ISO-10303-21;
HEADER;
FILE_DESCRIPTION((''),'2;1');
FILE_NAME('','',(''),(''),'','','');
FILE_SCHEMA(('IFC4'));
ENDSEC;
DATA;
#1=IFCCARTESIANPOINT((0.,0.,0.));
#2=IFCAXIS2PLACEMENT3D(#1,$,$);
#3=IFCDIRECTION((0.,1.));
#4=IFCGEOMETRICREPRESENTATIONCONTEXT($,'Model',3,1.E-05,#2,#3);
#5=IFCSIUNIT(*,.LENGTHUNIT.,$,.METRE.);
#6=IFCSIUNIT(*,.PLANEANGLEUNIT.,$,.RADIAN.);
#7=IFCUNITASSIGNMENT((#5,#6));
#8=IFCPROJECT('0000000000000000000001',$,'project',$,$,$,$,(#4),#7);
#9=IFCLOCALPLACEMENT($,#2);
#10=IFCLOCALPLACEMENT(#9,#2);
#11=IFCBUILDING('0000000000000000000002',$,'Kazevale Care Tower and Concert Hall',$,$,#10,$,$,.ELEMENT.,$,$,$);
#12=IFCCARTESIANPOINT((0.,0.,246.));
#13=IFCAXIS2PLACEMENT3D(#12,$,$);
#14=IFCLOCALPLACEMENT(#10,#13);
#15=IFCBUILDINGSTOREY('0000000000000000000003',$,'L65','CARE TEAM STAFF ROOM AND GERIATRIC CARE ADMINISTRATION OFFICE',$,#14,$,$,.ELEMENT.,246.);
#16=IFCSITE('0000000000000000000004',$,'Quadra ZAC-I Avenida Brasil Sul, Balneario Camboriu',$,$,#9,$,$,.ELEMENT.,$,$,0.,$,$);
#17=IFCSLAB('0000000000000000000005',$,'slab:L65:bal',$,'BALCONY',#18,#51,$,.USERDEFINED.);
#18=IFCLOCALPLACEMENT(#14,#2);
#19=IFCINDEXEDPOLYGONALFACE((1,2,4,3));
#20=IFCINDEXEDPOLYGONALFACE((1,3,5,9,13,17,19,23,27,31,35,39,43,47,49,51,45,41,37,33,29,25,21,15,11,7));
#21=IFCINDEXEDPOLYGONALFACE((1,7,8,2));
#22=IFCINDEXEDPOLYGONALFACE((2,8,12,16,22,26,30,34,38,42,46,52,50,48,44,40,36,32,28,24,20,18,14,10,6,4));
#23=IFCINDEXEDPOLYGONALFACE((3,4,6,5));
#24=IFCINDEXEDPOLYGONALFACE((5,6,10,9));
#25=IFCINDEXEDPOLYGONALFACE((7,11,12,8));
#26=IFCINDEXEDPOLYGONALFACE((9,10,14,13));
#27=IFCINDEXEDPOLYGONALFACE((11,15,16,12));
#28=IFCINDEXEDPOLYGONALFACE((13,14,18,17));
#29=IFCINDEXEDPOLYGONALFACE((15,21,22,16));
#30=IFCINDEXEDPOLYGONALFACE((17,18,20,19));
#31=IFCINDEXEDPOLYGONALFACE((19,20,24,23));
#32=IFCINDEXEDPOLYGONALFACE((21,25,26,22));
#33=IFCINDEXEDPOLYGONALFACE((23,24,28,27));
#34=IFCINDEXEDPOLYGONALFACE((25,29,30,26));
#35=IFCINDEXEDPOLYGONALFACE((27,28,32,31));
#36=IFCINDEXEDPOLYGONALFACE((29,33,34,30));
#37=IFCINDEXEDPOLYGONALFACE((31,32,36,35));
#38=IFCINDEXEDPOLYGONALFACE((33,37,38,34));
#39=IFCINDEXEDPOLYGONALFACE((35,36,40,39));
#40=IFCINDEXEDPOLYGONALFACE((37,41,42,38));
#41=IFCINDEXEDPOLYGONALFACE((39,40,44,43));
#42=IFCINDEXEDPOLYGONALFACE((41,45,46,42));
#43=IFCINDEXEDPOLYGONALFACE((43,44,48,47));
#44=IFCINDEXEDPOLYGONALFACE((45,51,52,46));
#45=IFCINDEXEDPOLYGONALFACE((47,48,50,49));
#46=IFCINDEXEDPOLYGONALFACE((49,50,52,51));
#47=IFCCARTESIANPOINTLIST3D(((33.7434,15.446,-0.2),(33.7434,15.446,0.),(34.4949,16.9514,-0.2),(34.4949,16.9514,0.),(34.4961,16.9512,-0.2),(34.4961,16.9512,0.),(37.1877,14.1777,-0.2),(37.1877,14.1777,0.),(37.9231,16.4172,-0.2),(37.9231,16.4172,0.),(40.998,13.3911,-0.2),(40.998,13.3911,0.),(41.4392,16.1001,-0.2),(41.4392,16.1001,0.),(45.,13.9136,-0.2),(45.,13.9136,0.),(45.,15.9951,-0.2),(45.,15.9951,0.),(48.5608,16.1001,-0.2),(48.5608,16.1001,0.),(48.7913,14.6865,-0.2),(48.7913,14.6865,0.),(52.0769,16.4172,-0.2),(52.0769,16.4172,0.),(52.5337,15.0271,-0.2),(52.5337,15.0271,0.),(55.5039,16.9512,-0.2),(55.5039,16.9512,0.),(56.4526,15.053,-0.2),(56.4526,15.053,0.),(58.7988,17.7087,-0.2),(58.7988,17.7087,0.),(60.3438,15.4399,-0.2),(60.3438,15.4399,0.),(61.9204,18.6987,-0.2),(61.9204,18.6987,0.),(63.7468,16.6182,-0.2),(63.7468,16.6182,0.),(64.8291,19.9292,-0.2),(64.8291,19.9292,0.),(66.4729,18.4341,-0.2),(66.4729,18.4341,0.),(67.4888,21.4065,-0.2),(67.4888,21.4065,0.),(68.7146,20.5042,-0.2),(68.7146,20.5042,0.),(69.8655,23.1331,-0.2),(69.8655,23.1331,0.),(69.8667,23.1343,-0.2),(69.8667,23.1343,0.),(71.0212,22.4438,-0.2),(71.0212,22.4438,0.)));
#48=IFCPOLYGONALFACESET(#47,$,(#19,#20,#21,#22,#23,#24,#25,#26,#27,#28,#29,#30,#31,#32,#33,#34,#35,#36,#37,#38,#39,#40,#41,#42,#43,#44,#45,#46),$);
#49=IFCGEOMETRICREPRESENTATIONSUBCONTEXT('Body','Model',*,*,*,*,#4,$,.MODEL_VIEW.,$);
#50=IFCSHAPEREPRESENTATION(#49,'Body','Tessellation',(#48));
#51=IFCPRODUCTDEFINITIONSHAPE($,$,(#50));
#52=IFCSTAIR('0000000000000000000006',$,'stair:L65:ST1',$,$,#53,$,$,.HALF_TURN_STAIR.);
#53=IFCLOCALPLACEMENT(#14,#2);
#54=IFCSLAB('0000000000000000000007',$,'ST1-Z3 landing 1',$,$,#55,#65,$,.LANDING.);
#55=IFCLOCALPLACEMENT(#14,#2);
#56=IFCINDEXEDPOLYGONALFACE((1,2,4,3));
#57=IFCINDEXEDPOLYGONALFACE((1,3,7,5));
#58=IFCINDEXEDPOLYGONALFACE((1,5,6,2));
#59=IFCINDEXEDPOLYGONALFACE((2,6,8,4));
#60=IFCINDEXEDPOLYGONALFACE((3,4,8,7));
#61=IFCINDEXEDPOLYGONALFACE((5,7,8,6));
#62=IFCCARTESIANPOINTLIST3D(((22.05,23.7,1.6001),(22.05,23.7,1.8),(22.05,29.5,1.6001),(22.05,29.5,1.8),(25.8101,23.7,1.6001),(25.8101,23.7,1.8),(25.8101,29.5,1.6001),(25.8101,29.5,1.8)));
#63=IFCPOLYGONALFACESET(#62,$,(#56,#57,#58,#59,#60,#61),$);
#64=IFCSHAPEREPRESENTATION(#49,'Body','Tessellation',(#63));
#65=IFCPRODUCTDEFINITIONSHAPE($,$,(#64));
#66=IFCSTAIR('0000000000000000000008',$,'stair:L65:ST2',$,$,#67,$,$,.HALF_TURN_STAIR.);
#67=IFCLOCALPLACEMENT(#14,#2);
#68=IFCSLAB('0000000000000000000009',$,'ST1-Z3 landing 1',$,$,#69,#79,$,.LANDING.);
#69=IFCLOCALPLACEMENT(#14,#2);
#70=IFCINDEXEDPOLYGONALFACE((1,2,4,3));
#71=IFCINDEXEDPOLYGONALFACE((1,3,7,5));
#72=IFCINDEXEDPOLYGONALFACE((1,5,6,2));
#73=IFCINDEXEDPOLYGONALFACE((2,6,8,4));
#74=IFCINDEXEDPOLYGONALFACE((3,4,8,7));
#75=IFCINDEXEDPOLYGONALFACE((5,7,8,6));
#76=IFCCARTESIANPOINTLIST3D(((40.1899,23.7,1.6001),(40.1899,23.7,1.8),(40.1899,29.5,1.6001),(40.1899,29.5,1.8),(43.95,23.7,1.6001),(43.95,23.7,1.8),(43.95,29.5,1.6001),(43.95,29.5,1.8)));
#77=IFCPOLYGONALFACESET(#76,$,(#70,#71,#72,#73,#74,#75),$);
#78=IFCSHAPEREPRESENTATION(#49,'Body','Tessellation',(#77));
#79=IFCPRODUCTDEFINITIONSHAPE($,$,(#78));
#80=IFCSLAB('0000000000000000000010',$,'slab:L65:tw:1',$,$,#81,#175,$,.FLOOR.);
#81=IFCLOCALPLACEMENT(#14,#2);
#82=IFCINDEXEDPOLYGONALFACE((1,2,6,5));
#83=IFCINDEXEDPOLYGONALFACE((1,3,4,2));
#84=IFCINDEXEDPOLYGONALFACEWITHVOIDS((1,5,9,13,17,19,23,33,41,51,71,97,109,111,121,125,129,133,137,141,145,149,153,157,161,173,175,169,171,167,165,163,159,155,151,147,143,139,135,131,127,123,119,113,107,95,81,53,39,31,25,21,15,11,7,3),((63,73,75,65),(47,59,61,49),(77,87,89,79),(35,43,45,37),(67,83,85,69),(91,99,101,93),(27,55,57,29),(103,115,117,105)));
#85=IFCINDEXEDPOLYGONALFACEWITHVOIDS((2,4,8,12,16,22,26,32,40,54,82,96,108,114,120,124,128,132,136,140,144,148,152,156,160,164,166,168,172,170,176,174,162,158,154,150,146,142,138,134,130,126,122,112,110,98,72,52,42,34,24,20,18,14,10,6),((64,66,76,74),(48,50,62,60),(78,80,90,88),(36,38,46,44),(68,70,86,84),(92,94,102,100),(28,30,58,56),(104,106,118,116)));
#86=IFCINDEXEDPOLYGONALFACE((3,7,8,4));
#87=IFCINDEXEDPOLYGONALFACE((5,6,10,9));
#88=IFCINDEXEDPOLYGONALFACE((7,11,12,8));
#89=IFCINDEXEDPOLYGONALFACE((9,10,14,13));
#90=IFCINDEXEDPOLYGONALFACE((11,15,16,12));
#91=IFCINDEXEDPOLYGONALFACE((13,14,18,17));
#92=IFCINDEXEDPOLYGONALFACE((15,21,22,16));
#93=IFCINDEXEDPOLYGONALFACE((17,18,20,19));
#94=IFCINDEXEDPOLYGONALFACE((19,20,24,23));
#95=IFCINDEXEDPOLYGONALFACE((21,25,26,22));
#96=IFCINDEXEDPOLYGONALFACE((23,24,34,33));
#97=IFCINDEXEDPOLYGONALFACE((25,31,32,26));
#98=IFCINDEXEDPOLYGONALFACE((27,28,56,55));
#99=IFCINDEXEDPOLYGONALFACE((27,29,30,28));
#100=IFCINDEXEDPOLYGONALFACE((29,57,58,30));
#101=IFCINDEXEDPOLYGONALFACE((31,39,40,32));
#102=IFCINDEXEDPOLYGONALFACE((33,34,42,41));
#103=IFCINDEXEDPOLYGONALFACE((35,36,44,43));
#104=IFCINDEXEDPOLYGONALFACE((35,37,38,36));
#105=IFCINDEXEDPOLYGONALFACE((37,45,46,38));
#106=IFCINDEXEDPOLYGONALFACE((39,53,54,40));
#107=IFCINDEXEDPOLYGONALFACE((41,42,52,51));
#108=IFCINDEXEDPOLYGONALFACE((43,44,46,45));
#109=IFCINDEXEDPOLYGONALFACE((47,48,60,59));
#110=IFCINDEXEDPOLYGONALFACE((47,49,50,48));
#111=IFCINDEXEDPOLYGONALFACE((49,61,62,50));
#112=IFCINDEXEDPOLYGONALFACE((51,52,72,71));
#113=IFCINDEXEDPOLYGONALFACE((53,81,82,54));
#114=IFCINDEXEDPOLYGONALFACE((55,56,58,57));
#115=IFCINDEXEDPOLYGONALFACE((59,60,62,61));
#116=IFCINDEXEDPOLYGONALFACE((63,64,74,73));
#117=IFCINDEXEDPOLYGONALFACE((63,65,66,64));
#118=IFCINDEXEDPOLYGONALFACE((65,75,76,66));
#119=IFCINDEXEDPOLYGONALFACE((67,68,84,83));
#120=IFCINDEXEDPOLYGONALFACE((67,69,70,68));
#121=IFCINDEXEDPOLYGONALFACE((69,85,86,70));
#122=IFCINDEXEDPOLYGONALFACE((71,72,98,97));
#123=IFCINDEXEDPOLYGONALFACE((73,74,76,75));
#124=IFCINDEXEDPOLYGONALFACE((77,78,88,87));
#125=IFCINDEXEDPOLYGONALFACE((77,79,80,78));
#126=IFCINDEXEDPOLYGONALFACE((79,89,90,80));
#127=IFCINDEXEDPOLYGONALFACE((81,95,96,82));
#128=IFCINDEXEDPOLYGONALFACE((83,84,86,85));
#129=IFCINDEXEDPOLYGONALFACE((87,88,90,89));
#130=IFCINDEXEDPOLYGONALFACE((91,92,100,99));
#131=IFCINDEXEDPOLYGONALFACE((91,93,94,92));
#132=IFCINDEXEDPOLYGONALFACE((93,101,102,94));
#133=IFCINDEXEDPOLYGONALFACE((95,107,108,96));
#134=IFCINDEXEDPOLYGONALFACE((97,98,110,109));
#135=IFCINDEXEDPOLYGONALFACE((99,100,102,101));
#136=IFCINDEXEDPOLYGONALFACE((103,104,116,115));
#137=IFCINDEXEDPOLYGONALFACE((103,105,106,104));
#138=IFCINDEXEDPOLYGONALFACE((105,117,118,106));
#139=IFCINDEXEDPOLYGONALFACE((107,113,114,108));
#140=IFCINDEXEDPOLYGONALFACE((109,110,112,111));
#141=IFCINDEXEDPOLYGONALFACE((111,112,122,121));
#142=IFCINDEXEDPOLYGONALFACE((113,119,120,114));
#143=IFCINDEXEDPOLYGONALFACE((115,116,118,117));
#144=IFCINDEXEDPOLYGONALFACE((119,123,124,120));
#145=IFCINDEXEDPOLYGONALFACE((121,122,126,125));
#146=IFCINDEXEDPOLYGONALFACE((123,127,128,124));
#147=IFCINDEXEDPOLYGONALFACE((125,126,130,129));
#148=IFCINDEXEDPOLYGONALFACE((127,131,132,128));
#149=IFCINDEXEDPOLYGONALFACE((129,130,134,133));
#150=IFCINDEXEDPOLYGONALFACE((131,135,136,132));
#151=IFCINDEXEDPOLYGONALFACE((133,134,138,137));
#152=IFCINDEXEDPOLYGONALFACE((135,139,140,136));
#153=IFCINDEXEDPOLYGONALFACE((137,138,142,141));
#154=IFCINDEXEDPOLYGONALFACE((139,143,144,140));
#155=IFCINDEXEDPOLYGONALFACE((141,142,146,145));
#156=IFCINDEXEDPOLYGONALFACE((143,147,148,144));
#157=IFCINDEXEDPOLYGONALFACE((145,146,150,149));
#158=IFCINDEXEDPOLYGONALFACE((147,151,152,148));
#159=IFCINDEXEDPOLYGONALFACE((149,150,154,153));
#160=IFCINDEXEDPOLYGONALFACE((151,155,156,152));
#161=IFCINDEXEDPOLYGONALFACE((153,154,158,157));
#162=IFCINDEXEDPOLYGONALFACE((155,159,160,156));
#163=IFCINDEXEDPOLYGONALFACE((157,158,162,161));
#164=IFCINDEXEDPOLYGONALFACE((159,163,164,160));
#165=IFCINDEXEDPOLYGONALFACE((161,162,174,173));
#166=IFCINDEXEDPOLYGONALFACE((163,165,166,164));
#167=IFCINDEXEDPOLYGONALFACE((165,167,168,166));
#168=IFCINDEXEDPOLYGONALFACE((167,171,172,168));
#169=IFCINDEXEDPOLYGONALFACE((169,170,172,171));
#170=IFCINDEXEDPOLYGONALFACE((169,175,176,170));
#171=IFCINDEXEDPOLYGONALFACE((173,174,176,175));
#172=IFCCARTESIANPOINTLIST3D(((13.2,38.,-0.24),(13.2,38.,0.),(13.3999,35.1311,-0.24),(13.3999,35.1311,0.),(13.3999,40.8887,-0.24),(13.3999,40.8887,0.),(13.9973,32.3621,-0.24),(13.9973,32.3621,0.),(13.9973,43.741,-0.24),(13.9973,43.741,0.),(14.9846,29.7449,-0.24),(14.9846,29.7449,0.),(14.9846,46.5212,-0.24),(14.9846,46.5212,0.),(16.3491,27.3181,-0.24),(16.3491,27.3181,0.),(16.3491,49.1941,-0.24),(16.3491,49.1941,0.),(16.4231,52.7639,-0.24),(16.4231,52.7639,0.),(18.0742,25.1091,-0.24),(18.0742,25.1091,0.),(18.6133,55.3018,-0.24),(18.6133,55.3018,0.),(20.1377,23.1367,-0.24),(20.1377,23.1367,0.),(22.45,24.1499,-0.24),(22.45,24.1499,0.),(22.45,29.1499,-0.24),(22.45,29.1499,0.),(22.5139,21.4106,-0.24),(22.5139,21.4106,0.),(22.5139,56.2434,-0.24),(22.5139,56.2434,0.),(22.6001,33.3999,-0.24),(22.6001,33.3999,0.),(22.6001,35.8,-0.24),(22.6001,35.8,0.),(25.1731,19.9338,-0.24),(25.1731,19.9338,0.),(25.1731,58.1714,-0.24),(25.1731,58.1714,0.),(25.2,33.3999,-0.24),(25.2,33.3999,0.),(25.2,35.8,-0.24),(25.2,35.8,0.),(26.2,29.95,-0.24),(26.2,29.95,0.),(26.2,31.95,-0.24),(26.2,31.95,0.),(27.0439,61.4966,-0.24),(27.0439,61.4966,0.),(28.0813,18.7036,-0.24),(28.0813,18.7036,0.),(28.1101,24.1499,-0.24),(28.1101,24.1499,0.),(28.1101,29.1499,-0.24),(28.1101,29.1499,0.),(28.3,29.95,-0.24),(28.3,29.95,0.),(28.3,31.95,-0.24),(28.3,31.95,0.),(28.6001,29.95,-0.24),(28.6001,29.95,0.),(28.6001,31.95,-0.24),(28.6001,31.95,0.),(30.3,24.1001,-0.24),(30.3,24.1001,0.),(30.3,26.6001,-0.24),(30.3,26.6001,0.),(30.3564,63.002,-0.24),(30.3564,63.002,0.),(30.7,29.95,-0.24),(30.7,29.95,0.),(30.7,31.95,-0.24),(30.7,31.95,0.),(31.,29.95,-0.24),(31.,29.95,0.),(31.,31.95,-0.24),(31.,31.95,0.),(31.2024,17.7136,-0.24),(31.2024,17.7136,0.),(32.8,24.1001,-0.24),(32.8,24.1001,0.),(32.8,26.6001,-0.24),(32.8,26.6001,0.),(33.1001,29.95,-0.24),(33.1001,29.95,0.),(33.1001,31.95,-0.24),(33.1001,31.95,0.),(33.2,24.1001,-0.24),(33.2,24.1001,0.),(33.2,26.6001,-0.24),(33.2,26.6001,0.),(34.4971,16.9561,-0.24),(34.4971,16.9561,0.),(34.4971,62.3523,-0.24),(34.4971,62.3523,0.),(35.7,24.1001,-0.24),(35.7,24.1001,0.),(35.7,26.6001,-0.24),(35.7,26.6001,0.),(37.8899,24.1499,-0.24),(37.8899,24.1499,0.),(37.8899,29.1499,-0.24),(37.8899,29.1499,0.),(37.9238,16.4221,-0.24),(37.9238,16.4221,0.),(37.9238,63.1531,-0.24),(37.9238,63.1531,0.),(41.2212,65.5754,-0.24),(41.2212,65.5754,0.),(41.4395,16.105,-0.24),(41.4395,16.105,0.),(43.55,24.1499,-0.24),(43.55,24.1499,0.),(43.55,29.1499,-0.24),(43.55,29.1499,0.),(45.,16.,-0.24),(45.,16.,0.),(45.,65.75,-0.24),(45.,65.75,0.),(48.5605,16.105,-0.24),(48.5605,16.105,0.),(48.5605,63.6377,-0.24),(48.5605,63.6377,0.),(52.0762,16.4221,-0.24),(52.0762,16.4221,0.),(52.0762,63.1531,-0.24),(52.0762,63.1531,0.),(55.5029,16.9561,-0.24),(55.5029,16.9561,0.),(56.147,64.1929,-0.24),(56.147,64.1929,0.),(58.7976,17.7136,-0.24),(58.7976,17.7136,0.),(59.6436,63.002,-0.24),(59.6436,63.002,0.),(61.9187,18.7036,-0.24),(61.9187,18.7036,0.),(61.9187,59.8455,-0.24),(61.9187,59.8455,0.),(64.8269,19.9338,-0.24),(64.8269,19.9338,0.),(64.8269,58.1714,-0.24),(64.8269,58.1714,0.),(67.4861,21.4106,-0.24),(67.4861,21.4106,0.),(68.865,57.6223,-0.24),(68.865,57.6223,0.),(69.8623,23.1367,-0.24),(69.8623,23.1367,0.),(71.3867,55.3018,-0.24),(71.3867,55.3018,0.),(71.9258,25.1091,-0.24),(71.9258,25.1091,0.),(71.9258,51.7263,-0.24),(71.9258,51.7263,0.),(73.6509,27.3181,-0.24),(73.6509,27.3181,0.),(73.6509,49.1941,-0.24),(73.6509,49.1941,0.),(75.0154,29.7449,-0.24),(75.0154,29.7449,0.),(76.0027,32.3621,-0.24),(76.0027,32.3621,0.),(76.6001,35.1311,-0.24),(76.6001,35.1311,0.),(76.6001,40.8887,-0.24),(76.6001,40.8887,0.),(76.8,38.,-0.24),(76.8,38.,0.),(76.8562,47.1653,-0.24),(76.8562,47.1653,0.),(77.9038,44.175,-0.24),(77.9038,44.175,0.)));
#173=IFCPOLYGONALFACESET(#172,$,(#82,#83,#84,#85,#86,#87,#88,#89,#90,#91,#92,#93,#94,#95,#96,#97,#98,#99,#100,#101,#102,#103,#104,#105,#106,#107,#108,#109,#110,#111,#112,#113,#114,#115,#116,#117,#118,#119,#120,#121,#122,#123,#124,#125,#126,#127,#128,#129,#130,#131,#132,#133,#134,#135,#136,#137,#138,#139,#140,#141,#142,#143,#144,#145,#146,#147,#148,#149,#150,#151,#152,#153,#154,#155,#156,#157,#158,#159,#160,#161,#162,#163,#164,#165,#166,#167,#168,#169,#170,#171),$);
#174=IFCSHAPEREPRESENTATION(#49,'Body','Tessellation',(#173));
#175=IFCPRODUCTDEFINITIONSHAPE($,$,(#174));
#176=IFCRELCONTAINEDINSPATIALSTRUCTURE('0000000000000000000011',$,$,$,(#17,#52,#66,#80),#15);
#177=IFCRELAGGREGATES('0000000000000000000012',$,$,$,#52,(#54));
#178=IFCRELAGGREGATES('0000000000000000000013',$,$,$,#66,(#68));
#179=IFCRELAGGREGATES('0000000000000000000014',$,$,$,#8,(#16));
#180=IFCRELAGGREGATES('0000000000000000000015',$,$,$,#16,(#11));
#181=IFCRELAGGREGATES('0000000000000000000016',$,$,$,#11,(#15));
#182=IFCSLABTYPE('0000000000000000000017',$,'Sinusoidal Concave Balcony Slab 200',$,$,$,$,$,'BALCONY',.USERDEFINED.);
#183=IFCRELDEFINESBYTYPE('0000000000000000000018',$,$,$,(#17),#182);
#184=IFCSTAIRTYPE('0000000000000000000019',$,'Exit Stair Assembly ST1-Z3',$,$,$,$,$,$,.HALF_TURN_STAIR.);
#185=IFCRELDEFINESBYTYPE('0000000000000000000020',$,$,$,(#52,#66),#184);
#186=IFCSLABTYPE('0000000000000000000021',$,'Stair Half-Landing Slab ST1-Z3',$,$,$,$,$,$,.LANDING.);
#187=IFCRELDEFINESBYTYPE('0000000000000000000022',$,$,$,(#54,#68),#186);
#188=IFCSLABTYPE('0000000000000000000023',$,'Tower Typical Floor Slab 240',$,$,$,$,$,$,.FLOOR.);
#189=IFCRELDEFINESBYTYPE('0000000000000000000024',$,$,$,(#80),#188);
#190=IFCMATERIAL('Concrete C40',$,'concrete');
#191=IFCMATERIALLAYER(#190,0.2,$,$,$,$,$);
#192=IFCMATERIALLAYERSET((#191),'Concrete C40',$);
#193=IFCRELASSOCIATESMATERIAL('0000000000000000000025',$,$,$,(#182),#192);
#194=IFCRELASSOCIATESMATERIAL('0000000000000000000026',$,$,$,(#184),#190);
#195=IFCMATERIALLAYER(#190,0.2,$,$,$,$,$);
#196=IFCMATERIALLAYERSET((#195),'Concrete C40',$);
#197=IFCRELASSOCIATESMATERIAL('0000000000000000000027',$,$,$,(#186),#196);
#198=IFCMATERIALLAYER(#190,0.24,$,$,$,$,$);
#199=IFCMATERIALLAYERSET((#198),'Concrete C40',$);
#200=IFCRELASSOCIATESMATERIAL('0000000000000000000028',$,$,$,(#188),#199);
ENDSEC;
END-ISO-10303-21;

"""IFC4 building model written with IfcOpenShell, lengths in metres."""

from ifc_helpers import new_model, si_unit, direction, frame, origin, place, context, subcontext, project, spatial, polyline, outline, extrude, material, layer, layer_set, type_object, element, aggregate, save


model = new_model("IFC4")

# Units and contexts
model_context = context("Model", 3, precision=1e-05, world=origin(), true_north=direction((0.0, 1.0)))
body_context = subcontext(model_context, "Body", "Model", "MODEL_VIEW")
ifc_project = project(units=[si_unit("LENGTHUNIT", "METRE"), si_unit("PLANEANGLEUNIT", "RADIAN")], contexts=[model_context])

# Site, building, storey
site_placement = place(None, origin())
site = spatial("IfcSite", under=ifc_project, at=site_placement, Name="Quadra ZAC-I Avenida Brasil Sul, Balneario Camboriu", CompositionType="ELEMENT", RefElevation=0.0)
building_placement = place(site_placement, origin())
building = spatial("IfcBuilding", under=site, at=building_placement, Name="Kazevale Care Tower and Concert Hall", CompositionType="ELEMENT")
storey_placement = place(building_placement, frame((0.0, 0.0, 246.0)))
storey = spatial("IfcBuildingStorey", under=building, at=storey_placement, Name="L65", Description="CARE TEAM STAFF ROOM AND GERIATRIC CARE ADMINISTRATION OFFICE", CompositionType="ELEMENT", Elevation=246.0)

# Slab
ifc_material_1 = material(Name="Concrete C40", Category="concrete")
ifc_layer_1 = layer(ifc_material_1, 0.2)
ifc_layer_set_1 = layer_set([ifc_layer_1], Name="Concrete C40")
slab_type_1 = type_object("IfcSlabType", Name="Sinusoidal Concave Balcony Slab 200", ElementType="BALCONY", PredefinedType="USERDEFINED", material=ifc_layer_set_1)
slab_1_placement = place(storey_placement, frame((0.0, 0.0, -0.2)))
element("IfcSlab", 1, at=slab_1_placement, inside=storey, type_object=slab_type_1, Name="slab:L65:bal", ObjectType="BALCONY", PredefinedType="USERDEFINED", context=body_context, shape_type="SweptSolid", body=[
    extrude(outline(polyline([(71.0212, 22.4438), (68.7146, 20.5042), (66.4729, 18.4341), (63.7468, 16.6182), (60.3438, 15.4399), (56.4526, 15.053), (52.5337, 15.0271), (48.7913, 14.6865), (45.0, 13.9136), (40.998, 13.3911), (37.1877, 14.1777), (33.7434, 15.446), (34.4949, 16.9514), (34.4961, 16.9512), (37.9231, 16.4172), (41.4392, 16.1001), (45.0, 15.9951), (48.5608, 16.1001), (52.0769, 16.4172), (55.5039, 16.9512), (58.7988, 17.7087), (61.9204, 18.6987), (64.8291, 19.9292), (67.4888, 21.4065), (69.8655, 23.1331), (69.8667, 23.1343), (71.0212, 22.4438)])), origin(), (0.0, 0.0, 1.0), 0.2),
])

# Stairs, slabs
stair_type = type_object("IfcStairType", Name="Exit Stair Assembly ST1-Z3", PredefinedType="HALF_TURN_STAIR", material=ifc_material_1)
stair_1_placement = place(storey_placement, origin())
stair_1 = element("IfcStair", 2, at=stair_1_placement, inside=storey, type_object=stair_type, Name="stair:L65:ST1", PredefinedType="HALF_TURN_STAIR")
ifc_layer_2 = layer(ifc_material_1, 0.2)
ifc_layer_set_2 = layer_set([ifc_layer_2], Name="Concrete C40")
slab_type_2 = type_object("IfcSlabType", Name="Stair Half-Landing Slab ST1-Z3", PredefinedType="LANDING", material=ifc_layer_set_2)
slab_2_placement = place(storey_placement, frame((0.0, 0.0, 1.6001)))
slab_2 = element("IfcSlab", 3, at=slab_2_placement, type_object=slab_type_2, Name="ST1-Z3 landing 1", PredefinedType="LANDING", context=body_context, shape_type="SweptSolid", body=[
    extrude(outline(polyline([(22.05, 23.7), (25.8101, 23.7), (25.8101, 29.5), (22.05, 29.5), (22.05, 23.7)])), origin(), (0.0, 0.0, 1.0), 0.2),
])
aggregate(stair_1, [slab_2])
stair_2_placement = place(storey_placement, origin())
stair_2 = element("IfcStair", 4, at=stair_2_placement, inside=storey, type_object=stair_type, Name="stair:L65:ST2", PredefinedType="HALF_TURN_STAIR")
slab_3_placement = place(storey_placement, frame((0.0, 0.0, 1.6001)))
slab_3 = element("IfcSlab", 5, at=slab_3_placement, type_object=slab_type_2, Name="ST1-Z3 landing 1", PredefinedType="LANDING", context=body_context, shape_type="SweptSolid", body=[
    extrude(outline(polyline([(40.1899, 23.7), (43.95, 23.7), (43.95, 29.5), (40.1899, 29.5), (40.1899, 23.7)])), origin(), (0.0, 0.0, 1.0), 0.2),
])
aggregate(stair_2, [slab_3])

# Slab
ifc_layer_3 = layer(ifc_material_1, 0.24)
ifc_layer_set_3 = layer_set([ifc_layer_3], Name="Concrete C40")
slab_type_3 = type_object("IfcSlabType", Name="Tower Typical Floor Slab 240", PredefinedType="FLOOR", material=ifc_layer_set_3)
slab_4_placement = place(storey_placement, frame((0.0, 0.0, -0.24)))
element("IfcSlab", 6, at=slab_4_placement, inside=storey, type_object=slab_type_3, Name="slab:L65:tw:1", PredefinedType="FLOOR", context=body_context, shape_type="SweptSolid", body=[
    extrude(outline(polyline([(76.8, 38.0), (76.6001, 40.8887), (77.9038, 44.175), (76.8562, 47.1653), (73.6509, 49.1941), (71.9258, 51.7263), (71.3867, 55.3018), (68.865, 57.6223), (64.8269, 58.1714), (61.9187, 59.8455), (59.6436, 63.002), (56.147, 64.1929), (52.0762, 63.1531), (48.5605, 63.6377), (45.0, 65.75), (41.2212, 65.5754), (37.9238, 63.1531), (34.4971, 62.3523), (30.3564, 63.002), (27.0439, 61.4966), (25.1731, 58.1714), (22.5139, 56.2434), (18.6133, 55.3018), (16.4231, 52.7639), (16.3491, 49.1941), (14.9846, 46.5212), (13.9973, 43.741), (13.3999, 40.8887), (13.2, 38.0), (13.3999, 35.1311), (13.9973, 32.3621), (14.9846, 29.7449), (16.3491, 27.3181), (18.0742, 25.1091), (20.1377, 23.1367), (22.5139, 21.4106), (25.1731, 19.9338), (28.0813, 18.7036), (31.2024, 17.7136), (34.4971, 16.9561), (37.9238, 16.4221), (41.4395, 16.105), (45.0, 16.0), (48.5605, 16.105), (52.0762, 16.4221), (55.5029, 16.9561), (58.7976, 17.7136), (61.9187, 18.7036), (64.8269, 19.9338), (67.4861, 21.4106), (69.8623, 23.1367), (71.9258, 25.1091), (73.6509, 27.3181), (75.0154, 29.7449), (76.0027, 32.3621), (76.6001, 35.1311), (76.8, 38.0)]), holes=[polyline([(22.45, 24.1499), (28.1101, 24.1499), (28.1101, 29.1499), (22.45, 29.1499), (22.45, 24.1499)]), polyline([(37.8899, 24.1499), (43.55, 24.1499), (43.55, 29.1499), (37.8899, 29.1499), (37.8899, 24.1499)]), polyline([(30.3, 24.1001), (32.8, 24.1001), (32.8, 26.6001), (30.3, 26.6001), (30.3, 24.1001)]), polyline([(33.2, 24.1001), (35.7, 24.1001), (35.7, 26.6001), (33.2, 26.6001), (33.2, 24.1001)]), polyline([(22.6001, 33.3999), (25.2, 33.3999), (25.2, 35.8), (22.6001, 35.8), (22.6001, 33.3999)]), polyline([(26.2, 29.95), (28.3, 29.95), (28.3, 31.95), (26.2, 31.95), (26.2, 29.95)]), polyline([(28.6001, 29.95), (30.7, 29.95), (30.7, 31.95), (28.6001, 31.95), (28.6001, 29.95)]), polyline([(31.0, 29.95), (33.1001, 29.95), (33.1001, 31.95), (31.0, 31.95), (31.0, 29.95)])]), origin(), (0.0, 0.0, 1.0), 0.24),
])

save(model, "model.ifc")
